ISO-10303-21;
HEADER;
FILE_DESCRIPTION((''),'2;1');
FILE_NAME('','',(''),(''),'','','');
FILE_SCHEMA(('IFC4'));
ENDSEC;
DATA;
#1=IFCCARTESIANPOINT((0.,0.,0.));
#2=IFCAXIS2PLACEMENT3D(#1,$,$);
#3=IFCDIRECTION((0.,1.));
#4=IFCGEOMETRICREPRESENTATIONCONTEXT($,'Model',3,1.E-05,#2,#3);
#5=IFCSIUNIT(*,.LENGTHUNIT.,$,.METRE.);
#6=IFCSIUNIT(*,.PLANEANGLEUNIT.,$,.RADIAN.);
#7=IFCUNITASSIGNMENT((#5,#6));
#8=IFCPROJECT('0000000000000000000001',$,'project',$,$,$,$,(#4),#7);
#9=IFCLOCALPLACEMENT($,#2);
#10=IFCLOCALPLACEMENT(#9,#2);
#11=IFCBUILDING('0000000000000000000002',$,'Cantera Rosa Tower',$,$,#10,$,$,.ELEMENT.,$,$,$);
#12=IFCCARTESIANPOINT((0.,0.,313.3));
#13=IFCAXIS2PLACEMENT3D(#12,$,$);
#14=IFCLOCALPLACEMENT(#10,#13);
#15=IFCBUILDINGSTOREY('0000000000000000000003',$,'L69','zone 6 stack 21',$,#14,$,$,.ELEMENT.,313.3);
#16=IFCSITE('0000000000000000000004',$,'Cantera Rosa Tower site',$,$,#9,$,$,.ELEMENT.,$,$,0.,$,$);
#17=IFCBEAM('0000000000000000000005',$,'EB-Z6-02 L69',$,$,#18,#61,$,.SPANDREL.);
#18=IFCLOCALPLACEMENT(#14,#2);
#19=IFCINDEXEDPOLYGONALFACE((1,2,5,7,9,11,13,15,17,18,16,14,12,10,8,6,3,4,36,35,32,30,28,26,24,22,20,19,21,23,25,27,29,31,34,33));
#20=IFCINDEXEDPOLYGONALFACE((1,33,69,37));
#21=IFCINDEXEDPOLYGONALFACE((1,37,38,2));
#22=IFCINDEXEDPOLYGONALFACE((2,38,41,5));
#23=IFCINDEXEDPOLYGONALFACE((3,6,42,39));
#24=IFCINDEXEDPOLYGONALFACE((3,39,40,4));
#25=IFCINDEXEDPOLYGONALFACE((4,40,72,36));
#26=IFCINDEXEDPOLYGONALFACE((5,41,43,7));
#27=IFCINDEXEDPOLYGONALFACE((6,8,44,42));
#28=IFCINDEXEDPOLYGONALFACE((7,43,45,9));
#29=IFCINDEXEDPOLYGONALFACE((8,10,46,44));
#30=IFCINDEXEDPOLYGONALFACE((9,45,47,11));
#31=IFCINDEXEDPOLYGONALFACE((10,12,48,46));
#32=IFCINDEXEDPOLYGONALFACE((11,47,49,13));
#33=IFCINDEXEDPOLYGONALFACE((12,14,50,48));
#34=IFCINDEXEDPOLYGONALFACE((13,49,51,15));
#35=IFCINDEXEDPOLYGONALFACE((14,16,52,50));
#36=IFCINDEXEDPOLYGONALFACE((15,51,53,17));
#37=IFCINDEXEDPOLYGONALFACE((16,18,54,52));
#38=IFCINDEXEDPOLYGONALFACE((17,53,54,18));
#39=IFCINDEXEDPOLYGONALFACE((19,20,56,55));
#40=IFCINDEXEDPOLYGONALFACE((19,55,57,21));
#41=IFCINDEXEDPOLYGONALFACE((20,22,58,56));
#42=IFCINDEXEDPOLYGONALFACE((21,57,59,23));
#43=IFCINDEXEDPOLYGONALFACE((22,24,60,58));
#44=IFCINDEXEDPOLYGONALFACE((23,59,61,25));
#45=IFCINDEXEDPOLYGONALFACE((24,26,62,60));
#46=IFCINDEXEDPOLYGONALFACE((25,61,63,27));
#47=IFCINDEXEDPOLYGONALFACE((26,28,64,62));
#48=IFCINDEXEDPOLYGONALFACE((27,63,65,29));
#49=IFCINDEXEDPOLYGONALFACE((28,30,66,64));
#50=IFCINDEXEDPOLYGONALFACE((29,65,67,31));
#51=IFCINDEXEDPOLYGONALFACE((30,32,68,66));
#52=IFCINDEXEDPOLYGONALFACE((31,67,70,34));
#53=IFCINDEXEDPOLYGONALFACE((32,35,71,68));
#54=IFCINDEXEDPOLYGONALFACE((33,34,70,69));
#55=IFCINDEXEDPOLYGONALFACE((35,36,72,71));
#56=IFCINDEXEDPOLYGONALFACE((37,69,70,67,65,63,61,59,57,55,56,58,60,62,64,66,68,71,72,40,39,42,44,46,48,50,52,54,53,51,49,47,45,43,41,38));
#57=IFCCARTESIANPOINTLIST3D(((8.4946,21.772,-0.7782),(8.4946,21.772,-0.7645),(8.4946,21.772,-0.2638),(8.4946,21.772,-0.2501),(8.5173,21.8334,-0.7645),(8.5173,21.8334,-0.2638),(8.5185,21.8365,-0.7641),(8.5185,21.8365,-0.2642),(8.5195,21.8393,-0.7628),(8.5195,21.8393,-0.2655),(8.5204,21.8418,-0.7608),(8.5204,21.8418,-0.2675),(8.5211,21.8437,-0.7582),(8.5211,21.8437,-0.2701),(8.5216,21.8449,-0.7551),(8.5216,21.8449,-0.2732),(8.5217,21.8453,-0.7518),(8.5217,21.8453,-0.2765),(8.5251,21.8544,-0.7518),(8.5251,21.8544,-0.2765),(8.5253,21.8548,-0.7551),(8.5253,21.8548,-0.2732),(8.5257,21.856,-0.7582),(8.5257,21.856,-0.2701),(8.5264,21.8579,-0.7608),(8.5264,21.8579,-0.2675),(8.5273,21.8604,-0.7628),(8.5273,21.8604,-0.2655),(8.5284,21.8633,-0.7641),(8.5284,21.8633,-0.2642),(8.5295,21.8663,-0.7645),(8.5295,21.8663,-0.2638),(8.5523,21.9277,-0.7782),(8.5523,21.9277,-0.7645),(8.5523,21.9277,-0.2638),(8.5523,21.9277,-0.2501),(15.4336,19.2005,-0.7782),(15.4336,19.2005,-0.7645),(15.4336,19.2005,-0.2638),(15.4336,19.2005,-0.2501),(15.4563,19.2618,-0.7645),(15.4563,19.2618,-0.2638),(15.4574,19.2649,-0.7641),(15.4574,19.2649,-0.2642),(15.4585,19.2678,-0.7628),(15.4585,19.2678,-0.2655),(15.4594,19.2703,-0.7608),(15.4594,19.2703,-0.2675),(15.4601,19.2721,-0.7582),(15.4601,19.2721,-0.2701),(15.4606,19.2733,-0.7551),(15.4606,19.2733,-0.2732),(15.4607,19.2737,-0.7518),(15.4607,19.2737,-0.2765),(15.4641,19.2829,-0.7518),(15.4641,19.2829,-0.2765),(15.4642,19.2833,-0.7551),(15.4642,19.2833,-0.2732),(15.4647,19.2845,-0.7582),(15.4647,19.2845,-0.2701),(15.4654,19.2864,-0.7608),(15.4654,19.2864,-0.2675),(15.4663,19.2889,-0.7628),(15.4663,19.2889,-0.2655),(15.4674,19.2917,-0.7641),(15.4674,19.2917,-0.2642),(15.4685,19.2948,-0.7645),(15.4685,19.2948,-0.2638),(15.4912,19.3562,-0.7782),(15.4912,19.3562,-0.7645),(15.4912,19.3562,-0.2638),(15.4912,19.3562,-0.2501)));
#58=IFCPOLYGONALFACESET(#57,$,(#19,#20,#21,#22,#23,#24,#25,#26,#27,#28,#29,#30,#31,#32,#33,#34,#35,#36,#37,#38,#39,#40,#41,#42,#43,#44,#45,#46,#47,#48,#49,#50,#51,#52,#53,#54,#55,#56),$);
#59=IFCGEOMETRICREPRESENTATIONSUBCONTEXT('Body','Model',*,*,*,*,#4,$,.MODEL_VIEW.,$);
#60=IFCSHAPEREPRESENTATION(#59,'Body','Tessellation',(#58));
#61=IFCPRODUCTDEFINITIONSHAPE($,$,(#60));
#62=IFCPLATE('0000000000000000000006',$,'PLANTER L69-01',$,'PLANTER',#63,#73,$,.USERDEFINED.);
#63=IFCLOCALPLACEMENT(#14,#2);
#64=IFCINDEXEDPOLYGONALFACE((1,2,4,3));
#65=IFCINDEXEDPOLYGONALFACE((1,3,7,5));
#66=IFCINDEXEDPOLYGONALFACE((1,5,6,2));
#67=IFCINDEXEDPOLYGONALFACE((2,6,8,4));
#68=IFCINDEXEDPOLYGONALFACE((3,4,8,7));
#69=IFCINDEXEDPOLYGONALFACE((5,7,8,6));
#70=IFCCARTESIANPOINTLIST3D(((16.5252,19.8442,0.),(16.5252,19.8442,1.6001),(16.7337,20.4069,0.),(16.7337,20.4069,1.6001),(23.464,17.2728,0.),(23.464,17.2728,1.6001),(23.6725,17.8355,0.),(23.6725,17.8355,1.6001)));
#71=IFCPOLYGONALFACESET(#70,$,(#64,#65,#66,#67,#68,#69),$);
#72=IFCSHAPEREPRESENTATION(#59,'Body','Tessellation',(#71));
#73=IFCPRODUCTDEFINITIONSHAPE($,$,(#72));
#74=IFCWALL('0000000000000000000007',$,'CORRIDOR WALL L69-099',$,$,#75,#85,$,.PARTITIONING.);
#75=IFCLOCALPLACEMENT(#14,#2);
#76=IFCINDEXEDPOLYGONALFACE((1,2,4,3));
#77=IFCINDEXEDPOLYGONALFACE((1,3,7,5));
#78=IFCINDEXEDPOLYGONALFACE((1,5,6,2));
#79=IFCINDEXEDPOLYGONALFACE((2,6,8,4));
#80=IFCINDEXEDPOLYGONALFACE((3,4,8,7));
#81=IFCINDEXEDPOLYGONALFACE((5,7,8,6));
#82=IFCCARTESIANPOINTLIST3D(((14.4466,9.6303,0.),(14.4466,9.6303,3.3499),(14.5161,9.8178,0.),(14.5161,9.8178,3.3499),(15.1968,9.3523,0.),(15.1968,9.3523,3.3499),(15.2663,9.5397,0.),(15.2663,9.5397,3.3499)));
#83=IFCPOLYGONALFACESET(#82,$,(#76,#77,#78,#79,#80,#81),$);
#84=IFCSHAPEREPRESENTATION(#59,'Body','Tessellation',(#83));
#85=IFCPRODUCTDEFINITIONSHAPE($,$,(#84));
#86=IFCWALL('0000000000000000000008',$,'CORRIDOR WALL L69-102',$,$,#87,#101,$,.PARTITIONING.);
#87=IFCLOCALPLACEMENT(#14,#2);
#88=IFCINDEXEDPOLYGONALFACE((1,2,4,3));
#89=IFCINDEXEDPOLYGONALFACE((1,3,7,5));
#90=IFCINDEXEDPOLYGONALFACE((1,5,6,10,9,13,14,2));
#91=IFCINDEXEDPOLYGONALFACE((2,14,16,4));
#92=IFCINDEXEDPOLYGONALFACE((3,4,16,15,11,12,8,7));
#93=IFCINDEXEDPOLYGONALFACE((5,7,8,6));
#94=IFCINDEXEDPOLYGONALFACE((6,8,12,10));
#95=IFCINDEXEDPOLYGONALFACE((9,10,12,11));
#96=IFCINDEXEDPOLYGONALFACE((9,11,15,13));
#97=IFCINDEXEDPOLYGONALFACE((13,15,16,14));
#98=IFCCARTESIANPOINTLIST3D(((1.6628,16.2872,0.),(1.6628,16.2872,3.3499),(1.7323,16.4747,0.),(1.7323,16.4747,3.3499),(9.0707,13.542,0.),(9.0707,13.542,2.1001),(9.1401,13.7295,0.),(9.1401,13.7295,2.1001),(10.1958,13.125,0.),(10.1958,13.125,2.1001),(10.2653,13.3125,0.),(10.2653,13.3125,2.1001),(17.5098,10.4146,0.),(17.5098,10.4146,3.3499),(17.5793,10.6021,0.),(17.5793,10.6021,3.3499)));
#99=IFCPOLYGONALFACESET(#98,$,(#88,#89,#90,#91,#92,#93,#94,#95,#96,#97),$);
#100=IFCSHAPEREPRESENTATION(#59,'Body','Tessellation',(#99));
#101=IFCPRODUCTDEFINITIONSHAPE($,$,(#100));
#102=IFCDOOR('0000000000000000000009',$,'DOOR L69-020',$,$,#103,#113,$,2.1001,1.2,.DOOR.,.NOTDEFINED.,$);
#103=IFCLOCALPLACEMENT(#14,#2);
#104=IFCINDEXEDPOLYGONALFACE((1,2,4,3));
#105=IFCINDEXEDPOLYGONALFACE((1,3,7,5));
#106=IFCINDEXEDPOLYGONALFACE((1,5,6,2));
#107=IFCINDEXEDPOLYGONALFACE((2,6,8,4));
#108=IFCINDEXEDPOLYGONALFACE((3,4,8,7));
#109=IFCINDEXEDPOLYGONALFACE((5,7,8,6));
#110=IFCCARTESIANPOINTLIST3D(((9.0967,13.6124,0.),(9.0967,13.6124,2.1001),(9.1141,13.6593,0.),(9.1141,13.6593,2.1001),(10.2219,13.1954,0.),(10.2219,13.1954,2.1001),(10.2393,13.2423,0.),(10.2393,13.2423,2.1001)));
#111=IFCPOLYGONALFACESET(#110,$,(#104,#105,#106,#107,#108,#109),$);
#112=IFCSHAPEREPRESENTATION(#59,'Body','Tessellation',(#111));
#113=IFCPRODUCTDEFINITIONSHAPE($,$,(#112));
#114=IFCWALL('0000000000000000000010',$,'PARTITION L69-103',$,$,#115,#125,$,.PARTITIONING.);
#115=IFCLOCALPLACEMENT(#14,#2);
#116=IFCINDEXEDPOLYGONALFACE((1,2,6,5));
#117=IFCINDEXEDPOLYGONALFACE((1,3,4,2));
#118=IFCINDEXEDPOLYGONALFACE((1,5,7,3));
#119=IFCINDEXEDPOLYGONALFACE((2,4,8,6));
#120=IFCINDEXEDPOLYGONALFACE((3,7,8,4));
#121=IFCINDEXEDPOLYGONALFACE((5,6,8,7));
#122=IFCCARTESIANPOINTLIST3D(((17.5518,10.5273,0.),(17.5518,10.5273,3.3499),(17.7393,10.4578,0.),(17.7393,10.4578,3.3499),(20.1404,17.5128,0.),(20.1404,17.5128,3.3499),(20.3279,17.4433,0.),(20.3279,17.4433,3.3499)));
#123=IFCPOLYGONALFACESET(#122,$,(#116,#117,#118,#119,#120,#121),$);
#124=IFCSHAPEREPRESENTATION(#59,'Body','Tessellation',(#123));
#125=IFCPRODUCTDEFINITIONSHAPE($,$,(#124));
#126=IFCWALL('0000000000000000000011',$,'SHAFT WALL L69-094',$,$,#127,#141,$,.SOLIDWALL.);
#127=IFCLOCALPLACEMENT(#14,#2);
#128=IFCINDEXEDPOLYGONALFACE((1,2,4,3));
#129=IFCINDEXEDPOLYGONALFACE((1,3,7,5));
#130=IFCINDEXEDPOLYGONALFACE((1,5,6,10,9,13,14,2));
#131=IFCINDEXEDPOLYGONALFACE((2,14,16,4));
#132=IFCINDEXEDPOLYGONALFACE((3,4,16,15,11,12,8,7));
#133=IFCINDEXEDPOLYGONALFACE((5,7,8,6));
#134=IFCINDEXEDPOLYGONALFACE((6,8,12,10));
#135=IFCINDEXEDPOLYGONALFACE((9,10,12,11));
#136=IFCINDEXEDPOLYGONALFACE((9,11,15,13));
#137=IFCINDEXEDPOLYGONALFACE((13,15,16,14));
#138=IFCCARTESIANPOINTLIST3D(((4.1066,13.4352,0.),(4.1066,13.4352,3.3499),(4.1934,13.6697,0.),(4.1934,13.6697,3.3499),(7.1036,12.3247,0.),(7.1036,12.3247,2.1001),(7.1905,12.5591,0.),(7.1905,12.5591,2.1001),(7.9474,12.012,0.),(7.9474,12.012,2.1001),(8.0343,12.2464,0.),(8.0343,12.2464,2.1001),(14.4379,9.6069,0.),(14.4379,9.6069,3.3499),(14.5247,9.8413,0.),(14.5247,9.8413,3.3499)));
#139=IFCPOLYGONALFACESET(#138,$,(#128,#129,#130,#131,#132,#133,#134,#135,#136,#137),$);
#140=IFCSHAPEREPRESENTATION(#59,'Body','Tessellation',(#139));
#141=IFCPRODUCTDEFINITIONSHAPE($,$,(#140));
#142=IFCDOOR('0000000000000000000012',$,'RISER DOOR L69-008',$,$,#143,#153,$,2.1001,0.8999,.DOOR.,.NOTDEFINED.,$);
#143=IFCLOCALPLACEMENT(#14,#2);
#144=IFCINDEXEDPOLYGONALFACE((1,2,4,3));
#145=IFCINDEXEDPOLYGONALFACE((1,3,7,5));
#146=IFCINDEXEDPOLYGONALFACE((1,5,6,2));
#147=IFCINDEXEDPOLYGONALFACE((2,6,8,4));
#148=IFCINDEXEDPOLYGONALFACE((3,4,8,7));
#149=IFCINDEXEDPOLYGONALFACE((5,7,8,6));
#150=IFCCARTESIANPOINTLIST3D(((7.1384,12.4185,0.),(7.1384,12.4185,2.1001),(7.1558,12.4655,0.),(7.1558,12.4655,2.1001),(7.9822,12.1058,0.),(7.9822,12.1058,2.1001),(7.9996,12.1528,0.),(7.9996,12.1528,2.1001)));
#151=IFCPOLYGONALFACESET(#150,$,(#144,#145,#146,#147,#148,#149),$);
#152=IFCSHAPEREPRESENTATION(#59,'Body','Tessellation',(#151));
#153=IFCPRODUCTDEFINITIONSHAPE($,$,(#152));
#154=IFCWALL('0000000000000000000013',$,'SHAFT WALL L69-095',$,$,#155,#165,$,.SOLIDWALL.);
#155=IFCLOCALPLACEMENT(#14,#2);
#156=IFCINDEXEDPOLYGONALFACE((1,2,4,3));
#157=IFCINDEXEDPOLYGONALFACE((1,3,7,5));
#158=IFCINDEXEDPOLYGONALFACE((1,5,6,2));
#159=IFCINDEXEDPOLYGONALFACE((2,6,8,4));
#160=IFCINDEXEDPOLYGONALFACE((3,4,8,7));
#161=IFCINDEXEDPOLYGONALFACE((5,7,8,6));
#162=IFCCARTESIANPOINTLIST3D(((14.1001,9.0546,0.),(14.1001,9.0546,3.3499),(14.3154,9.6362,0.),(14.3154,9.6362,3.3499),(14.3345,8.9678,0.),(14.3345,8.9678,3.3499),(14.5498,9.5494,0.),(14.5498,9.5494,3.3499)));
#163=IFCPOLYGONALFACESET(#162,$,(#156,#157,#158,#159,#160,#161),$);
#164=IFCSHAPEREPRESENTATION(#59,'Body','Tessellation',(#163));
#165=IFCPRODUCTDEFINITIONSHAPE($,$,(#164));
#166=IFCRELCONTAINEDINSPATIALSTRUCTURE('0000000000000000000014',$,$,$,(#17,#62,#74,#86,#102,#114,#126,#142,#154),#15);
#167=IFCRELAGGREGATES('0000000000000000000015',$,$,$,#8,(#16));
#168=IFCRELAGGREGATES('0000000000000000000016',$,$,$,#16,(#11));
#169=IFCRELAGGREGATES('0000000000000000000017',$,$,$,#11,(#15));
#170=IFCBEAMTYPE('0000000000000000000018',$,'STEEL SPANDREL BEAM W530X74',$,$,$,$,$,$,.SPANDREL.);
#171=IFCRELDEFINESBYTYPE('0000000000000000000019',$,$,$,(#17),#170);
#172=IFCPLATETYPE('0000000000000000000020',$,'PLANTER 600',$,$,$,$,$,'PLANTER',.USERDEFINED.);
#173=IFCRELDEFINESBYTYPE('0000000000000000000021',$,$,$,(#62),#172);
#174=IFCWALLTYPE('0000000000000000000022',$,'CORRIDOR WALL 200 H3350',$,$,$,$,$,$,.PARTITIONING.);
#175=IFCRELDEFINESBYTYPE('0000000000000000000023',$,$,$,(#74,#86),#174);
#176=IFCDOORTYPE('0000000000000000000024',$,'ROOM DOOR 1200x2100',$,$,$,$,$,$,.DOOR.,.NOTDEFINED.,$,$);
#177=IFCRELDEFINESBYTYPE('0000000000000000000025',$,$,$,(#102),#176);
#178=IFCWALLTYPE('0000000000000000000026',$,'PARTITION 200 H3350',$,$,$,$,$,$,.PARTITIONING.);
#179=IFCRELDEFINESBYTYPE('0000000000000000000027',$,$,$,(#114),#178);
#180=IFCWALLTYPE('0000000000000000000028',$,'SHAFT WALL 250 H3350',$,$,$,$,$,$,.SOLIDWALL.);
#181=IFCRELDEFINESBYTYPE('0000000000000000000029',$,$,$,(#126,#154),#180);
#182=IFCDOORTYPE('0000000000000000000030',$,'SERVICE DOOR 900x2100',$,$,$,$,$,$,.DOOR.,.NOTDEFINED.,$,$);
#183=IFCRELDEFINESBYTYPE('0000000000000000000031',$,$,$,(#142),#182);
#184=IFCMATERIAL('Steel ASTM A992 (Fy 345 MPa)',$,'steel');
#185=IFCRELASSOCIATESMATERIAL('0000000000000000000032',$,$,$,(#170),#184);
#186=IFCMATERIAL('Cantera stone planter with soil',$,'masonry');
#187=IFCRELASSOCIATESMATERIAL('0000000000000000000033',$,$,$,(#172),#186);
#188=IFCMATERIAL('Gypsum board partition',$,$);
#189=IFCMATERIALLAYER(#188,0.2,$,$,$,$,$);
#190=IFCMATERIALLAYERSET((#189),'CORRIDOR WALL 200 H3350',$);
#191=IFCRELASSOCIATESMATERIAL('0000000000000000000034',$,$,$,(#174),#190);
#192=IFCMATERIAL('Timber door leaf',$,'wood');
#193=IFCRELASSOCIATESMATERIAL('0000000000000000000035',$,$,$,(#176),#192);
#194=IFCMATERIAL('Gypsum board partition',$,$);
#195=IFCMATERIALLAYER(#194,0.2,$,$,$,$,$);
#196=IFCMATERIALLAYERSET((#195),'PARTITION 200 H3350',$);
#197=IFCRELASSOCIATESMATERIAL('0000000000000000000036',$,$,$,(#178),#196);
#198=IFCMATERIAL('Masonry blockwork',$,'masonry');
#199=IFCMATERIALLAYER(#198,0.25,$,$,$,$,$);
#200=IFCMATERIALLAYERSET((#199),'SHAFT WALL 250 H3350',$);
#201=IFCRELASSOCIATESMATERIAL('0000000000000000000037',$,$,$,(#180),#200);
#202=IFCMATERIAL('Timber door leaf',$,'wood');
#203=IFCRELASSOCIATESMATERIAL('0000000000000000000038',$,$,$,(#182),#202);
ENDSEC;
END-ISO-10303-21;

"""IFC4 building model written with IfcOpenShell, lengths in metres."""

from ifc_helpers import new_model, si_unit, direction, frame, frame_2d, origin, origin_2d, place, context, subcontext, project, spatial, rectangle, i_section, extrude, material, layer, layer_set, material_profile, profile_set, type_object, element, fill, save


model = new_model("IFC4")

# Units and contexts
model_context = context("Model", 3, precision=1e-05, world=origin(), true_north=direction((0.0, 1.0)))
body_context = subcontext(model_context, "Body", "Model", "MODEL_VIEW")
ifc_project = project(units=[si_unit("LENGTHUNIT", "METRE"), si_unit("PLANEANGLEUNIT", "RADIAN")], contexts=[model_context])

# Site, building, storey
site_placement = place(None, origin())
site = spatial("IfcSite", under=ifc_project, at=site_placement, Name="Cantera Rosa Tower site", CompositionType="ELEMENT", RefElevation=0.0)
building_placement = place(site_placement, origin())
building = spatial("IfcBuilding", under=site, at=building_placement, Name="Cantera Rosa Tower", CompositionType="ELEMENT")
storey_placement = place(building_placement, frame((0.0, 0.0, 313.3)))
storey = spatial("IfcBuildingStorey", under=building, at=storey_placement, Name="L69", Description="zone 6 stack 21", CompositionType="ELEMENT", Elevation=313.3)

# Beam
ifc_material_1 = material(Name="Steel ASTM A992 (Fy 345 MPa)", Category="steel")
ifc_material_profile_1 = material_profile(ifc_material_1, i_section(OverallWidth=0.166, OverallDepth=0.5281, WebThickness=0.0098, FlangeThickness=0.0137, FilletRadius=0.0127, at=origin_2d()), Name="W530X74")
ifc_profile_set_1 = profile_set([ifc_material_profile_1], Name="Steel ASTM A992 (Fy 345 MPa)")
beam_type_1 = type_object("IfcBeamType", Name="STEEL SPANDREL BEAM W530X74", PredefinedType="SPANDREL", material=ifc_profile_set_1)
beam_1_placement = place(storey_placement, frame((15.4624, 19.2783, -0.5142), z_axis=(-0.937681, 0.347498, 0.0), x_axis=(-0.347498, -0.937681, 0.0)))
element("IfcBeam", 1, at=beam_1_placement, inside=storey, type_object=beam_type_1, Name="EB-Z6-02 L69", PredefinedType="SPANDREL", context=body_context, shape_type="SweptSolid", body=[
    extrude(i_section(OverallWidth=0.166, OverallDepth=0.5281, WebThickness=0.0098, FlangeThickness=0.0137, FilletRadius=0.0127, at=origin_2d()), origin(), (0.0, 0.0, 1.0), 7.4001),
])

# Plate
ifc_material_2 = material(Name="Cantera stone planter with soil", Category="masonry")
plate_type = type_object("IfcPlateType", Name="PLANTER 600", ElementType="PLANTER", PredefinedType="USERDEFINED", material=ifc_material_2)
plate_placement = place(storey_placement, frame((20.0989, 18.8398, 0.0), z_axis=(0.0, 0.0, 1.0), x_axis=(-0.937687, 0.347481, 0.0)))
element("IfcPlate", 2, at=plate_placement, inside=storey, type_object=plate_type, Name="PLANTER L69-01", ObjectType="PLANTER", PredefinedType="USERDEFINED", context=body_context, shape_type="SweptSolid", body=[
    extrude(rectangle(XDim=7.3999, YDim=0.6001, at=origin_2d()), origin(), (0.0, 0.0, 1.0), 1.6001),
])

# Wall
ifc_material_3 = material(Name="Gypsum board partition")
ifc_layer_1 = layer(ifc_material_3, 0.2)
ifc_layer_set_1 = layer_set([ifc_layer_1], Name="CORRIDOR WALL 200 H3350")
wall_type_1 = type_object("IfcWallType", Name="CORRIDOR WALL 200 H3350", PredefinedType="PARTITIONING", material=ifc_layer_set_1)
wall_1_placement = place(storey_placement, frame((15.2314, 9.446, 0.0), z_axis=(0.0, 0.0, 1.0), x_axis=(-0.937664, 0.347543, 0.0)))
element("IfcWall", 3, at=wall_1_placement, inside=storey, type_object=wall_type_1, Name="CORRIDOR WALL L69-099", PredefinedType="PARTITIONING", context=body_context, shape_type="SweptSolid", body=[
    extrude(rectangle(XDim=0.8, YDim=0.2, at=frame_2d((0.3999, 0.0))), origin(), (0.0, 0.0, 1.0), 3.3499),
])

# Wall, opening, door
wall_2_placement = place(storey_placement, frame((17.5447, 10.5083, 0.0), z_axis=(0.0, 0.0, 1.0), x_axis=(-0.937685, 0.347487, 0.0)))
wall_2 = element("IfcWall", 4, at=wall_2_placement, inside=storey, type_object=wall_type_1, Name="CORRIDOR WALL L69-102", PredefinedType="PARTITIONING", context=body_context, shape_type="SweptSolid", body=[
    extrude(rectangle(XDim=16.9001, YDim=0.2, at=frame_2d((8.4502, 0.0))), origin(), (0.0, 0.0, 1.0), 3.3499),
])
opening_1_placement = place(wall_2_placement, frame((7.8, 0.0, 0.0)))
opening_1 = element("IfcOpeningElement", 5, at=opening_1_placement, cuts=wall_2, PredefinedType="OPENING", context=body_context, shape_type="SweptSolid", body=[
    extrude(rectangle(XDim=1.2, YDim=2.1001, at=frame_2d((0.6001, 1.05))), frame((0.0, 0.1099, 0.0), z_axis=(0.0, -1.0, 0.0), x_axis=(1.0, 0.0, 0.0)), (0.0, 0.0, 1.0), 0.22),
])
ifc_material_4 = material(Name="Timber door leaf", Category="wood")
door_type_1 = type_object("IfcDoorType", Name="ROOM DOOR 1200x2100", OperationType="NOTDEFINED", PredefinedType="DOOR", material=ifc_material_4)
door_1_placement = place(opening_1_placement, origin())
door_1 = element("IfcDoor", 6, at=door_1_placement, inside=storey, type_object=door_type_1, Name="DOOR L69-020", OperationType="NOTDEFINED", OverallHeight=2.1001, OverallWidth=1.2, PredefinedType="DOOR", context=body_context, shape_type="SweptSolid", body=[
    extrude(rectangle(XDim=1.2, YDim=2.1001, at=frame_2d((0.6001, 1.05))), frame((0.0, 0.0249, 0.0), z_axis=(0.0, -1.0, 0.0), x_axis=(1.0, 0.0, 0.0)), (0.0, 0.0, 1.0), 0.05),
])
fill(opening_1, door_1)

# Wall
ifc_material_5 = material(Name="Gypsum board partition")
ifc_layer_2 = layer(ifc_material_5, 0.2)
ifc_layer_set_2 = layer_set([ifc_layer_2], Name="PARTITION 200 H3350")
wall_type_2 = type_object("IfcWallType", Name="PARTITION 200 H3350", PredefinedType="PARTITIONING", material=ifc_layer_set_2)
wall_3_placement = place(storey_placement, frame((20.2341, 17.478, 0.0), z_axis=(0.0, 0.0, 1.0), x_axis=(-0.347476, -0.937689, 0.0)))
element("IfcWall", 7, at=wall_3_placement, inside=storey, type_object=wall_type_2, Name="PARTITION L69-103", PredefinedType="PARTITIONING", context=body_context, shape_type="SweptSolid", body=[
    extrude(rectangle(XDim=7.4497, YDim=0.2, at=frame_2d((3.7249, 0.0))), origin(), (0.0, 0.0, 1.0), 3.3499),
])

# Wall, opening, door
ifc_material_6 = material(Name="Masonry blockwork", Category="masonry")
ifc_layer_3 = layer(ifc_material_6, 0.25)
ifc_layer_set_3 = layer_set([ifc_layer_3], Name="SHAFT WALL 250 H3350")
wall_type_3 = type_object("IfcWallType", Name="SHAFT WALL 250 H3350", PredefinedType="SOLIDWALL", material=ifc_layer_set_3)
wall_4_placement = place(storey_placement, frame((14.4812, 9.7241, 0.0), z_axis=(0.0, 0.0, 1.0), x_axis=(-0.937691, 0.347471, 0.0)))
wall_4 = element("IfcWall", 8, at=wall_4_placement, inside=storey, type_object=wall_type_3, Name="SHAFT WALL L69-094", PredefinedType="SOLIDWALL", context=body_context, shape_type="SweptSolid", body=[
    extrude(rectangle(XDim=11.0178, YDim=0.25, at=frame_2d((5.5088, 0.0))), origin(), (0.0, 0.0, 1.0), 3.3499),
])
opening_2_placement = place(wall_4_placement, frame((6.9216, 0.0, 0.0)))
opening_2 = element("IfcOpeningElement", 9, at=opening_2_placement, cuts=wall_4, PredefinedType="OPENING", context=body_context, shape_type="SweptSolid", body=[
    extrude(rectangle(XDim=0.8999, YDim=2.1001, at=frame_2d((0.45, 1.05))), frame((0.0, 0.135, 0.0), z_axis=(0.0, -1.0, 0.0), x_axis=(1.0, 0.0, 0.0)), (0.0, 0.0, 1.0), 0.27),
])
ifc_material_7 = material(Name="Timber door leaf", Category="wood")
door_type_2 = type_object("IfcDoorType", Name="SERVICE DOOR 900x2100", OperationType="NOTDEFINED", PredefinedType="DOOR", material=ifc_material_7)
door_2_placement = place(opening_2_placement, origin())
door_2 = element("IfcDoor", 10, at=door_2_placement, inside=storey, type_object=door_type_2, Name="RISER DOOR L69-008", OperationType="NOTDEFINED", OverallHeight=2.1001, OverallWidth=0.8999, PredefinedType="DOOR", context=body_context, shape_type="SweptSolid", body=[
    extrude(rectangle(XDim=0.8999, YDim=2.1001, at=frame_2d((0.45, 1.05))), frame((0.0, 0.0249, 0.0), z_axis=(0.0, -1.0, 0.0), x_axis=(1.0, 0.0, 0.0)), (0.0, 0.0, 1.0), 0.05),
])
fill(opening_2, door_2)

# Wall
wall_5_placement = place(storey_placement, frame((14.4326, 9.5928, 0.0), z_axis=(0.0, 0.0, 1.0), x_axis=(-0.347237, -0.937777, 0.0)))
element("IfcWall", 11, at=wall_5_placement, inside=storey, type_object=wall_type_3, Name="SHAFT WALL L69-095", PredefinedType="SOLIDWALL", context=body_context, shape_type="SweptSolid", body=[
    extrude(rectangle(XDim=0.6201, YDim=0.25, at=frame_2d((0.3101, 0.0))), origin(), (0.0, 0.0, 1.0), 3.3499),
])

save(model, "model.ifc")
